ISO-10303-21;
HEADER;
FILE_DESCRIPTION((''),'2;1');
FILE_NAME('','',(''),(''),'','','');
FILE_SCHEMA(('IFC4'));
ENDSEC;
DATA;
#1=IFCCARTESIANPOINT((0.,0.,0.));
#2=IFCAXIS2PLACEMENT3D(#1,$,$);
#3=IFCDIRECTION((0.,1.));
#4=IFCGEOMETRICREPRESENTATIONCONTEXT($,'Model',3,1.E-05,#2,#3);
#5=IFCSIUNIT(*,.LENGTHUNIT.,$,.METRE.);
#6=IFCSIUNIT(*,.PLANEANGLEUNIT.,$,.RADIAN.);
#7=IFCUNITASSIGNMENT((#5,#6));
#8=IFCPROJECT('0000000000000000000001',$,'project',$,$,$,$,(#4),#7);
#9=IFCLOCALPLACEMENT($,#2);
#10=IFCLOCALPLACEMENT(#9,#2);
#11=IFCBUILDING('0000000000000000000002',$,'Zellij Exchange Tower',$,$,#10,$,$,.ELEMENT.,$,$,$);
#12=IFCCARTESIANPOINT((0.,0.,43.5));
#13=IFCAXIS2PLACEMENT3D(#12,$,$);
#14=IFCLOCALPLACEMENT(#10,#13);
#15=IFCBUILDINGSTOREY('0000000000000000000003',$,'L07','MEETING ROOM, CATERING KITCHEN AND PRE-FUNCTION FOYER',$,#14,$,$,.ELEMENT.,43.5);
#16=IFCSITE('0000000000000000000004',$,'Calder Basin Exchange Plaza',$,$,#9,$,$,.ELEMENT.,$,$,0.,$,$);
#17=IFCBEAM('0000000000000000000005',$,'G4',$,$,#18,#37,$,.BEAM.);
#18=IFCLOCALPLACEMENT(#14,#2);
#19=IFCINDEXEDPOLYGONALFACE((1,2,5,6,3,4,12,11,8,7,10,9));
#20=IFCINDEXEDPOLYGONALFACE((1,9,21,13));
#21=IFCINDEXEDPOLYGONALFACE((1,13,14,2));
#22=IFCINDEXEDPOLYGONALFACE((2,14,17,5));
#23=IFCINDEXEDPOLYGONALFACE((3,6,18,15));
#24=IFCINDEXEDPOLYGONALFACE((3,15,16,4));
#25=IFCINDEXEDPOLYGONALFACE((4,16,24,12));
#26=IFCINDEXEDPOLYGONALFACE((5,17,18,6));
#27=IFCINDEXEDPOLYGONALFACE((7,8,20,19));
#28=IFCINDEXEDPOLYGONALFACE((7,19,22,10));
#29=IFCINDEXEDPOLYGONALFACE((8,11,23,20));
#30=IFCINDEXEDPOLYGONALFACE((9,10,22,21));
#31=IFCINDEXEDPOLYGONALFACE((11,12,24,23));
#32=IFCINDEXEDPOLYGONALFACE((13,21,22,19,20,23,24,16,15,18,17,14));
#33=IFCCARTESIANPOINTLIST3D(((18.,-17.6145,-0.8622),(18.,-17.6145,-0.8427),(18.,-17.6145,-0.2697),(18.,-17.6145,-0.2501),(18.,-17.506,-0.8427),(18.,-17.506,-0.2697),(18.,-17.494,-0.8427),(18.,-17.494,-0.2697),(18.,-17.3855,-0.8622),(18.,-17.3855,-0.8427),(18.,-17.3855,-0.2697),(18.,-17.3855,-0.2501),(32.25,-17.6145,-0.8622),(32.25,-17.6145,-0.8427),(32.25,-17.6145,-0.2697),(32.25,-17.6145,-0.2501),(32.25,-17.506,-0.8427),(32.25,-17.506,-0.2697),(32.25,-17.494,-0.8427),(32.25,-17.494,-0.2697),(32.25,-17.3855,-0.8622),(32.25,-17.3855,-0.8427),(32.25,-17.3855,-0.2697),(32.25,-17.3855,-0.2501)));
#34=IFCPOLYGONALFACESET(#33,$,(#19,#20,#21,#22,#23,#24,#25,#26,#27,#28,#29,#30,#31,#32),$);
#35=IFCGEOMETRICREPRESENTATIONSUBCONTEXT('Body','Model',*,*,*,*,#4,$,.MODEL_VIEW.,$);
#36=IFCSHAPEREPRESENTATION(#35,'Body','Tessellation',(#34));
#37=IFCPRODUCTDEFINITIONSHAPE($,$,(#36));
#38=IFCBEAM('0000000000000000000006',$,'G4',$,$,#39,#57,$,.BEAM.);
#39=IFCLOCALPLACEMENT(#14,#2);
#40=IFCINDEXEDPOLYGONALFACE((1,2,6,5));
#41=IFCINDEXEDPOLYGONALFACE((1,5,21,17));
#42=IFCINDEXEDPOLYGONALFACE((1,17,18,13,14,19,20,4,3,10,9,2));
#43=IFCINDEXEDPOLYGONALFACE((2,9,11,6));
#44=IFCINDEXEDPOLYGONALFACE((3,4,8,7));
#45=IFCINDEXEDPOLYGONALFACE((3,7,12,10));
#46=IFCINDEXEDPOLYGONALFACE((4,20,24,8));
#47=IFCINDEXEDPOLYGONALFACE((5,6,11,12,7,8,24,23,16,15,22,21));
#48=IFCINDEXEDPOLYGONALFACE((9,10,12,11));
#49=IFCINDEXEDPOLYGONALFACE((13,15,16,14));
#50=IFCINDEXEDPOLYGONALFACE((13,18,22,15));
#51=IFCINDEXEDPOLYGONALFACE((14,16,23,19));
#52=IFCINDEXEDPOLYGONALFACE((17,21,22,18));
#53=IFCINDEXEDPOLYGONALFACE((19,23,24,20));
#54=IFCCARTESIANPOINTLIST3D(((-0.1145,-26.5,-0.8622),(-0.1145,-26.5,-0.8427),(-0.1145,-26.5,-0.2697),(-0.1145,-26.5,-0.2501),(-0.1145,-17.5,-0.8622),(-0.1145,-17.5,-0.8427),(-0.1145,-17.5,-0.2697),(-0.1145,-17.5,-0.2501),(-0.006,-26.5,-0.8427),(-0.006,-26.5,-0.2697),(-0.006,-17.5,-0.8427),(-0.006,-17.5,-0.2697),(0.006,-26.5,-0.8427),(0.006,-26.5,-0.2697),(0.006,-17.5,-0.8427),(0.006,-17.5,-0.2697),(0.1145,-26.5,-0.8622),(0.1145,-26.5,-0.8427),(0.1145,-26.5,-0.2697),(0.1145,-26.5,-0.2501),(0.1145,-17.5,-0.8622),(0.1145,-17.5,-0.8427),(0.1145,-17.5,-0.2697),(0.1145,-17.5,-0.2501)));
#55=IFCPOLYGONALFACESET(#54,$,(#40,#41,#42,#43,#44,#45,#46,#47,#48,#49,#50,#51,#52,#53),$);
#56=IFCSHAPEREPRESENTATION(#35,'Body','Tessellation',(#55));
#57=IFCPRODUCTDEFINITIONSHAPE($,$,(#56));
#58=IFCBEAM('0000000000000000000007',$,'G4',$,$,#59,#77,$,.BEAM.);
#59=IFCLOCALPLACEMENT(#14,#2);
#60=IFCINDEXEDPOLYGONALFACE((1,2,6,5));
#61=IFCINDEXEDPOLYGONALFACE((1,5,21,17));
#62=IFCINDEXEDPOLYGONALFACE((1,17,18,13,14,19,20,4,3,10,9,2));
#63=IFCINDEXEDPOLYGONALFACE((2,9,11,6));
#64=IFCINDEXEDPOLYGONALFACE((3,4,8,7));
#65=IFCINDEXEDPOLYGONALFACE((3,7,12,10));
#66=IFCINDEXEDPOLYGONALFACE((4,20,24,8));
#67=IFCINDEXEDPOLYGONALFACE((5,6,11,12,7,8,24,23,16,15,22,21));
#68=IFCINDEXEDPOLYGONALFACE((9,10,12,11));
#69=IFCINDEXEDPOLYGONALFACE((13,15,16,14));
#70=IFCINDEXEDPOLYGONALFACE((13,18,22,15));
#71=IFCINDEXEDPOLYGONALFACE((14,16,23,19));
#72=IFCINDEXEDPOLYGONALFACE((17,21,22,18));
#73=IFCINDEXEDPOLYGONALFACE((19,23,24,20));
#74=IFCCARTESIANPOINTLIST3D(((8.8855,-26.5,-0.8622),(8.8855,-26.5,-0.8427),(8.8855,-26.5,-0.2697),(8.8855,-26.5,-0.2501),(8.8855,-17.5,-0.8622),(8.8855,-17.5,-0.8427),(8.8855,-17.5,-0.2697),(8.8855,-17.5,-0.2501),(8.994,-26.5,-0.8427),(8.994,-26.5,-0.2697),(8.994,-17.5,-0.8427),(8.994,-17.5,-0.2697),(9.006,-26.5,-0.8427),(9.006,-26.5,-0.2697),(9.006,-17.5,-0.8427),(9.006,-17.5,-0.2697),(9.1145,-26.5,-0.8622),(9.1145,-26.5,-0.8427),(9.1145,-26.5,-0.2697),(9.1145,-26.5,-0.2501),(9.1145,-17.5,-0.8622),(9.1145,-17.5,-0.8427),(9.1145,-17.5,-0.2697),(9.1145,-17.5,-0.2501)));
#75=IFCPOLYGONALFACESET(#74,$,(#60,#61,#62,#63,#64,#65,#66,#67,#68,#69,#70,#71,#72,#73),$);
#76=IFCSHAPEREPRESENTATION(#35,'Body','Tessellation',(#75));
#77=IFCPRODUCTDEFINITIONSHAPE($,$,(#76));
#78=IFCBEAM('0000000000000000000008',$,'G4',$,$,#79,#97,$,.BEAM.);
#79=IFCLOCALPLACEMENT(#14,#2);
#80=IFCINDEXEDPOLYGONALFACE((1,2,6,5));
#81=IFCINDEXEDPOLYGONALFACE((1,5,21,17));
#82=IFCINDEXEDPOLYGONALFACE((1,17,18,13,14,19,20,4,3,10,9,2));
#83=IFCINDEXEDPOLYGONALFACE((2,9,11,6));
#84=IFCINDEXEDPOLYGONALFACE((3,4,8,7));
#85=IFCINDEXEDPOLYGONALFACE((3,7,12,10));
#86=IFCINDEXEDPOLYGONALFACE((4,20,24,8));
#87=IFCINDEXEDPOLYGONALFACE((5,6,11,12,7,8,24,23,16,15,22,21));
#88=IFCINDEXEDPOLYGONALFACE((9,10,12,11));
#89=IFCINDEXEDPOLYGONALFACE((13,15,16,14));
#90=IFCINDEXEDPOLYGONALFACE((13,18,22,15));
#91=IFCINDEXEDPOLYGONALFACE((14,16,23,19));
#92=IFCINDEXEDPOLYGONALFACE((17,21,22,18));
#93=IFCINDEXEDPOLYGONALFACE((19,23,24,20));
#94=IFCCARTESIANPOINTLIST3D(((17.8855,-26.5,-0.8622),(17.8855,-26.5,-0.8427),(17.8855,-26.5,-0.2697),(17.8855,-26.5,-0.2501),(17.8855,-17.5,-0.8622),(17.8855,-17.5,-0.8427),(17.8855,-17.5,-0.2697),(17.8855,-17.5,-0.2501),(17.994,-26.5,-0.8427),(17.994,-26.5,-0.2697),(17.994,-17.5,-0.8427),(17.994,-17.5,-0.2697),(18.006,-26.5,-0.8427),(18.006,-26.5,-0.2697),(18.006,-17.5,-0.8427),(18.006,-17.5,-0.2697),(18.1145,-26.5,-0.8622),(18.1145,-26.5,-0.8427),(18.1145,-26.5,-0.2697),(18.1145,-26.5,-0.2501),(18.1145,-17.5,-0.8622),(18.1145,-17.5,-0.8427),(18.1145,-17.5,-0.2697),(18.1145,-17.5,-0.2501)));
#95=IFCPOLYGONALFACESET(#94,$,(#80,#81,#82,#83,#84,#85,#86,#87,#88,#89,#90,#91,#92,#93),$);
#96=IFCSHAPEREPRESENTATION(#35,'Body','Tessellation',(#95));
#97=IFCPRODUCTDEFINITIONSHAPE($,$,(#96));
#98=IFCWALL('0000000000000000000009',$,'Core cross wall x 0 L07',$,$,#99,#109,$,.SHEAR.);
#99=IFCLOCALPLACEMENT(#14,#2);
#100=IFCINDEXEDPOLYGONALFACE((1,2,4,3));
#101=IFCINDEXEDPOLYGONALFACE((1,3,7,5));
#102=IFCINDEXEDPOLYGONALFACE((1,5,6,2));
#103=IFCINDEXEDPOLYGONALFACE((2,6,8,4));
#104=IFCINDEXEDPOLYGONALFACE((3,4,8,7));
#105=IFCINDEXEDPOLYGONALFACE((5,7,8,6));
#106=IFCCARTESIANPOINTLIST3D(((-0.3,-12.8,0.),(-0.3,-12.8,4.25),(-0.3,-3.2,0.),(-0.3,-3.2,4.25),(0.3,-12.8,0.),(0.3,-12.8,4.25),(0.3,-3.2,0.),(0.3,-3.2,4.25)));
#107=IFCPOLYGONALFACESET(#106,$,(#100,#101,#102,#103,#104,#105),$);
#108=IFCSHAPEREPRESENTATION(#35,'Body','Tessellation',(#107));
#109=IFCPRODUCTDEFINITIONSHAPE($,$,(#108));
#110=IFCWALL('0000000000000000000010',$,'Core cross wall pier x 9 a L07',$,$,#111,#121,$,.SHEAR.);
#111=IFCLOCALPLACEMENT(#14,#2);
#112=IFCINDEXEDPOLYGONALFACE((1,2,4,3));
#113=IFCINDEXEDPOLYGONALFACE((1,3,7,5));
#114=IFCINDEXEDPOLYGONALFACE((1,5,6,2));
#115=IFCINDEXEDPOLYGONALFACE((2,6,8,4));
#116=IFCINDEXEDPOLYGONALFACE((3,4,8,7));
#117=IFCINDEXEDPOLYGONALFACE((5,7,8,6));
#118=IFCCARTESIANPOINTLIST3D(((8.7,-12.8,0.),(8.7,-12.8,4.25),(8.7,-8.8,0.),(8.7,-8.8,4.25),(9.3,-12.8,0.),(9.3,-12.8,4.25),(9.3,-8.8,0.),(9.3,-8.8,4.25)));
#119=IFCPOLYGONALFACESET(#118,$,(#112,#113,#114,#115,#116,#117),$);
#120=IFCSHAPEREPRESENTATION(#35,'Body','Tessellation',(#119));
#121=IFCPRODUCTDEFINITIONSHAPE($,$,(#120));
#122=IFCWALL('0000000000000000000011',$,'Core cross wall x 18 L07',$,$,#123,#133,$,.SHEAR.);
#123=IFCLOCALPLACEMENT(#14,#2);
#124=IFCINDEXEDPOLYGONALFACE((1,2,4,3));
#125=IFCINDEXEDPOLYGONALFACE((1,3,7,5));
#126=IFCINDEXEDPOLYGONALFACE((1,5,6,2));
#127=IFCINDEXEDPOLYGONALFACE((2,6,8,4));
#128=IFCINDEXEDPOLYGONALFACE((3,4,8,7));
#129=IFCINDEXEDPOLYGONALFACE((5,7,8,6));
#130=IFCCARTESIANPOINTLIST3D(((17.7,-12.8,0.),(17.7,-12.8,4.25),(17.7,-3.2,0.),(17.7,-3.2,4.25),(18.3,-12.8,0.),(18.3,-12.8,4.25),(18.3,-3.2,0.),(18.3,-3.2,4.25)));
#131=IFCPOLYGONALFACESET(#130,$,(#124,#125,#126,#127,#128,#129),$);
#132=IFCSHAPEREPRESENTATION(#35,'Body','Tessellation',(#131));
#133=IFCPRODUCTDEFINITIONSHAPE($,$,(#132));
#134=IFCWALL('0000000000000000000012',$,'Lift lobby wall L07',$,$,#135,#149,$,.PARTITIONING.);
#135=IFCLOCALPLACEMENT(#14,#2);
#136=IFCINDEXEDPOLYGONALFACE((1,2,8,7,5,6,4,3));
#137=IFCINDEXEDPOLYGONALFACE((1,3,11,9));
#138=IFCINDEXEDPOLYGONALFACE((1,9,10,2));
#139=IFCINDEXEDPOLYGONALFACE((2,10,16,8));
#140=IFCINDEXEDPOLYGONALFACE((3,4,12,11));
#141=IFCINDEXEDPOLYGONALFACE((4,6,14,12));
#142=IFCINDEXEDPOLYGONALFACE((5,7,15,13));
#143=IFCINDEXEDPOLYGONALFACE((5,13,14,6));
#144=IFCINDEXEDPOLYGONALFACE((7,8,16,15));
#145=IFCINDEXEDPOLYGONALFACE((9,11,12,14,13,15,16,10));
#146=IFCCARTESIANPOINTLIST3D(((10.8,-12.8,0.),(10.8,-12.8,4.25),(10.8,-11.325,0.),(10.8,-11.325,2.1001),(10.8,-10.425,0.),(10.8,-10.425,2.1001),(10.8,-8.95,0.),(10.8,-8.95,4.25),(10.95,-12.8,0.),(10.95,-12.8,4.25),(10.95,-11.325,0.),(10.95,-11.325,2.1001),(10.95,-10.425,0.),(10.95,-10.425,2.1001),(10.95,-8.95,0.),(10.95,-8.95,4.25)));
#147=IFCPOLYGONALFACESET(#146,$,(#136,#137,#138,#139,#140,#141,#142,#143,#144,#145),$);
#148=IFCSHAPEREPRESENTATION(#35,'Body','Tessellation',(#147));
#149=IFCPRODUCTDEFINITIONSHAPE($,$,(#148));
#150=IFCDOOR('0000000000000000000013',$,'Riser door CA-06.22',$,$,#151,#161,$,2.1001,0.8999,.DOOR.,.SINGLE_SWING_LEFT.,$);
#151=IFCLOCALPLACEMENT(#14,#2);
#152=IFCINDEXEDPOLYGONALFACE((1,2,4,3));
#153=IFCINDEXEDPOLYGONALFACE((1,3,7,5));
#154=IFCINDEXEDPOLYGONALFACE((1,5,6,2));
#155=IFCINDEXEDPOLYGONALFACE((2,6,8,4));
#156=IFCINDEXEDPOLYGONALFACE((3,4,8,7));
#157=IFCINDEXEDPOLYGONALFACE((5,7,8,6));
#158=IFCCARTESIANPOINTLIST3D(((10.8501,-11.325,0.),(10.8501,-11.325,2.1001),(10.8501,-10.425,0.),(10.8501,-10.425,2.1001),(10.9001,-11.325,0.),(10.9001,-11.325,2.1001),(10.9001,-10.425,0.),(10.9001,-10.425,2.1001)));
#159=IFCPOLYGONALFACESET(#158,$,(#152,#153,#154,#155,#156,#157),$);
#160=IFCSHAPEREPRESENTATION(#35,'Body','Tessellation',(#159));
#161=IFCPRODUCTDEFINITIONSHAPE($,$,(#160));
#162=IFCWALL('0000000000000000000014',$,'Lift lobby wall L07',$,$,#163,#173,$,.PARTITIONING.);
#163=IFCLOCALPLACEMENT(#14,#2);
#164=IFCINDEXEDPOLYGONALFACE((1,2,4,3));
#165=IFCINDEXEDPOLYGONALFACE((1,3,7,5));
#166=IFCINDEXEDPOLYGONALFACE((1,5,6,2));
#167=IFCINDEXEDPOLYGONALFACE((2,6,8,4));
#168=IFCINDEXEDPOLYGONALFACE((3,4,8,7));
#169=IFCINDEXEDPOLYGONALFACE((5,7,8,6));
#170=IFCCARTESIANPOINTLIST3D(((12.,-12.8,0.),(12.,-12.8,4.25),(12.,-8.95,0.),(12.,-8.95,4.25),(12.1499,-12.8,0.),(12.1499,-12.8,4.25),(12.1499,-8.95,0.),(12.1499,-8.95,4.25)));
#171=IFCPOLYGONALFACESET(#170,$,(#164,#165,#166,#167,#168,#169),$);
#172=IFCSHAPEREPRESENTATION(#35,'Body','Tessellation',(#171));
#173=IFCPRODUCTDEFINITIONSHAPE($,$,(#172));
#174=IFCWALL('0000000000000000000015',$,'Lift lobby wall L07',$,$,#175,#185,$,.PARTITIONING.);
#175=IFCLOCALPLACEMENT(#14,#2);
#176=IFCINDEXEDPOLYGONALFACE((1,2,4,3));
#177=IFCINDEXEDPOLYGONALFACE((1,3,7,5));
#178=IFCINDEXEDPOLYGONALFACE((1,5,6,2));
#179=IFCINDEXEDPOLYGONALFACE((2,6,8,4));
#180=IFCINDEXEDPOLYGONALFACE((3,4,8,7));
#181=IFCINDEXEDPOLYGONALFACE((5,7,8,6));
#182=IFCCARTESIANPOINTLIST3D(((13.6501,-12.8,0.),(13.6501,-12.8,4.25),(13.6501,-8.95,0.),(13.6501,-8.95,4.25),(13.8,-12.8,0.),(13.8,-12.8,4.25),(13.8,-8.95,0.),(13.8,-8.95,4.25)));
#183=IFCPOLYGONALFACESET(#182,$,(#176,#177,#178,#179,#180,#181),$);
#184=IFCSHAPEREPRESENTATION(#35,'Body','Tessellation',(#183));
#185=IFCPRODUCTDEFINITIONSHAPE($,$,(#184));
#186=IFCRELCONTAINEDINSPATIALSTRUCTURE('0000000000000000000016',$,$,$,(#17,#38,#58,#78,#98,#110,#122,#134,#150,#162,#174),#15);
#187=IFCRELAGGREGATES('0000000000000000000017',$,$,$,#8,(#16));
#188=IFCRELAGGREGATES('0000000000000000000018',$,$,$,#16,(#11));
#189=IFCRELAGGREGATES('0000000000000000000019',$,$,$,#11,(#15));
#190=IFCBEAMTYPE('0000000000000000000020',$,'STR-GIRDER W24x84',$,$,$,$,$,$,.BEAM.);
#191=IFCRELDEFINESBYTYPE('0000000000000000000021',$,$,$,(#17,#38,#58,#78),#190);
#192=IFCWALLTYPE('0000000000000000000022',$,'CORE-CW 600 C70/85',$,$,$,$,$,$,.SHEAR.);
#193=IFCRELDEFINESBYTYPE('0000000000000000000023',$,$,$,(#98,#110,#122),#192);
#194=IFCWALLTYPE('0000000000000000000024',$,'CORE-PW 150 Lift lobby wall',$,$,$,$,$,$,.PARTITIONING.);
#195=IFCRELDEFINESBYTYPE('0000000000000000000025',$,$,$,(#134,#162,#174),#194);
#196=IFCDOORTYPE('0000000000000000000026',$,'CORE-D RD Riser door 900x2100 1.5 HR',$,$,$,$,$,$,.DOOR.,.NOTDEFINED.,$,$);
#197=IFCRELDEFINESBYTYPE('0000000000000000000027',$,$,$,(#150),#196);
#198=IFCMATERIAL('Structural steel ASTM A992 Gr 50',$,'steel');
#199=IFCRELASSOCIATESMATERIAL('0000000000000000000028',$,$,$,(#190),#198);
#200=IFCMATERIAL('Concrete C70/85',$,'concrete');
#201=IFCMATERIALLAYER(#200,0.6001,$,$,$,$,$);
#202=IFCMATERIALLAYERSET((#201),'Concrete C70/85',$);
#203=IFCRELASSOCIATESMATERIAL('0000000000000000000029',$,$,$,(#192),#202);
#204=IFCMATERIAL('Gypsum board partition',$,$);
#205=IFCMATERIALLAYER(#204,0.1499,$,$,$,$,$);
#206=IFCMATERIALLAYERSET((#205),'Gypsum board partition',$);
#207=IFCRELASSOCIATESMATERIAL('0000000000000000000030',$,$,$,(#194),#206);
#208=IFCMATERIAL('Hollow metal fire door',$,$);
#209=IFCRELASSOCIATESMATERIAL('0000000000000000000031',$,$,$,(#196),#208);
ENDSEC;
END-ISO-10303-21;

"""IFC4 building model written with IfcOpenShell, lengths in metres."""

from ifc_helpers import new_model, si_unit, direction, frame, frame_2d, origin, origin_2d, place, context, subcontext, project, spatial, rectangle, i_section, extrude, material, layer, layer_set, material_profile, profile_set, type_object, element, fill, save


model = new_model("IFC4")

# Units and contexts
model_context = context("Model", 3, precision=1e-05, world=origin(), true_north=direction((0.0, 1.0)))
body_context = subcontext(model_context, "Body", "Model", "MODEL_VIEW")
ifc_project = project(units=[si_unit("LENGTHUNIT", "METRE"), si_unit("PLANEANGLEUNIT", "RADIAN")], contexts=[model_context])

# Site, building, storey
site_placement = place(None, origin())
site = spatial("IfcSite", under=ifc_project, at=site_placement, Name="Calder Basin Exchange Plaza", CompositionType="ELEMENT", RefElevation=0.0)
building_placement = place(site_placement, origin())
building = spatial("IfcBuilding", under=site, at=building_placement, Name="Zellij Exchange Tower", CompositionType="ELEMENT")
storey_placement = place(building_placement, frame((0.0, 0.0, 43.5)))
storey = spatial("IfcBuildingStorey", under=building, at=storey_placement, Name="L07", Description="MEETING ROOM, CATERING KITCHEN AND PRE-FUNCTION FOYER", CompositionType="ELEMENT", Elevation=43.5)

# Shared definitions
ifc_material_1 = material(Name="Concrete C70/85", Category="concrete")

# Beams
ifc_material_2 = material(Name="Structural steel ASTM A992 Gr 50", Category="steel")
ifc_material_profile_1 = material_profile(ifc_material_2, i_section(OverallWidth=0.229, OverallDepth=0.6121, WebThickness=0.012, FlangeThickness=0.0195, at=origin_2d()), Name="W24x84")
ifc_profile_set_1 = profile_set([ifc_material_profile_1], Name="Structural steel ASTM A992 Gr 50")
beam_type_1 = type_object("IfcBeamType", Name="STR-GIRDER W24x84", PredefinedType="BEAM", material=ifc_profile_set_1)
beam_placement = place(storey_placement, frame((18.0, -17.5, -0.5562), z_axis=(1.0, 0.0, 0.0), x_axis=(0.0, 1.0, 0.0)))
element("IfcBeam", 1, at=beam_placement, inside=storey, type_object=beam_type_1, Name="G4", PredefinedType="BEAM", context=body_context, shape_type="SweptSolid", body=[
    extrude(i_section(OverallWidth=0.229, OverallDepth=0.6121, WebThickness=0.012, FlangeThickness=0.0195, at=origin_2d()), origin(), (0.0, 0.0, 1.0), 14.25),
])
for number, where, z_axis, x_axis, name in (
    (2, (0.0, -26.5, -0.5562), (0.0, 1.0, 0.0), (-1.0, 0.0, 0.0), "G4"),
    (3, (9.0, -26.5, -0.5562), (0.0, 1.0, 0.0), (-1.0, 0.0, 0.0), "G4"),
    (4, (18.0, -26.5, -0.5562), (0.0, 1.0, 0.0), (-1.0, 0.0, 0.0), "G4"),
):
    element("IfcBeam", number, at=place(storey_placement, frame(where, z_axis=z_axis, x_axis=x_axis)), inside=storey, type_object=beam_type_1, Name=name, PredefinedType="BEAM", context=body_context, shape_type="SweptSolid", body=[
        extrude(i_section(OverallWidth=0.229, OverallDepth=0.6121, WebThickness=0.012, FlangeThickness=0.0195, at=origin_2d()), origin(), (0.0, 0.0, 1.0), 9.0),
    ])

# Walls
ifc_layer_1 = layer(ifc_material_1, 0.6001)
ifc_layer_set_1 = layer_set([ifc_layer_1], Name="Concrete C70/85")
wall_type_1 = type_object("IfcWallType", Name="CORE-CW 600 C70/85", PredefinedType="SHEAR", material=ifc_layer_set_1)
wall_1_placement = place(storey_placement, frame((0.0, -12.8, 0.0), z_axis=(0.0, 0.0, 1.0), x_axis=(0.0, 1.0, 0.0)))
element("IfcWall", 5, at=wall_1_placement, inside=storey, type_object=wall_type_1, Name="Core cross wall x 0 L07", PredefinedType="SHEAR", context=body_context, shape_type="SweptSolid", body=[
    extrude(rectangle(XDim=9.6001, YDim=0.6001, at=frame_2d((4.8, 0.0))), origin(), (0.0, 0.0, 1.0), 4.25),
])
wall_2_placement = place(storey_placement, frame((9.0, -12.8, 0.0), z_axis=(0.0, 0.0, 1.0), x_axis=(0.0, 1.0, 0.0)))
element("IfcWall", 6, at=wall_2_placement, inside=storey, type_object=wall_type_1, Name="Core cross wall pier x 9 a L07", PredefinedType="SHEAR", context=body_context, shape_type="SweptSolid", body=[
    extrude(rectangle(XDim=4.0, YDim=0.6001, at=frame_2d((2.0, 0.0))), origin(), (0.0, 0.0, 1.0), 4.25),
])
wall_3_placement = place(storey_placement, frame((18.0, -12.8, 0.0), z_axis=(0.0, 0.0, 1.0), x_axis=(0.0, 1.0, 0.0)))
element("IfcWall", 7, at=wall_3_placement, inside=storey, type_object=wall_type_1, Name="Core cross wall x 18 L07", PredefinedType="SHEAR", context=body_context, shape_type="SweptSolid", body=[
    extrude(rectangle(XDim=9.6001, YDim=0.6001, at=frame_2d((4.8, 0.0))), origin(), (0.0, 0.0, 1.0), 4.25),
])

# Wall, opening, door
ifc_material_3 = material(Name="Gypsum board partition")
ifc_layer_2 = layer(ifc_material_3, 0.1499)
ifc_layer_set_2 = layer_set([ifc_layer_2], Name="Gypsum board partition")
wall_type_2 = type_object("IfcWallType", Name="CORE-PW 150 Lift lobby wall", PredefinedType="PARTITIONING", material=ifc_layer_set_2)
wall_4_placement = place(storey_placement, frame((10.875, -12.8, 0.0), z_axis=(0.0, 0.0, 1.0), x_axis=(0.0, 1.0, 0.0)))
wall_4 = element("IfcWall", 8, at=wall_4_placement, inside=storey, type_object=wall_type_2, Name="Lift lobby wall L07", PredefinedType="PARTITIONING", context=body_context, shape_type="SweptSolid", body=[
    extrude(rectangle(XDim=3.8501, YDim=0.1499, at=frame_2d((1.925, 0.0))), origin(), (0.0, 0.0, 1.0), 4.25),
])
opening_1_placement = place(wall_4_placement, frame((1.4751, 0.0, 0.0)))
opening_1 = element("IfcOpeningElement", 9, at=opening_1_placement, cuts=wall_4, PredefinedType="OPENING", context=body_context, shape_type="SweptSolid", body=[
    extrude(rectangle(XDim=0.8999, YDim=2.1001, at=frame_2d((0.45, 1.05))), frame((0.0, 0.0869, 0.0), z_axis=(0.0, -1.0, 0.0), x_axis=(1.0, 0.0, 0.0)), (0.0, 0.0, 1.0), 0.1738),
])
ifc_material_4 = material(Name="Hollow metal fire door")
door_type_1 = type_object("IfcDoorType", Name="CORE-D RD Riser door 900x2100 1.5 HR", OperationType="NOTDEFINED", PredefinedType="DOOR", material=ifc_material_4)
door_1_placement = place(opening_1_placement, origin())
door_1 = element("IfcDoor", 10, at=door_1_placement, inside=storey, type_object=door_type_1, Name="Riser door CA-06.22", OperationType="SINGLE_SWING_LEFT", OverallHeight=2.1001, OverallWidth=0.8999, PredefinedType="DOOR", context=body_context, shape_type="SweptSolid", body=[
    extrude(rectangle(XDim=0.8999, YDim=2.1001, at=frame_2d((0.45, 1.05))), frame((0.0, 0.0249, 0.0), z_axis=(0.0, -1.0, 0.0), x_axis=(1.0, 0.0, 0.0)), (0.0, 0.0, 1.0), 0.05),
])
fill(opening_1, door_1)

# Walls
for number, where, z_axis, x_axis, name in (
    (11, (12.075, -12.8, 0.0), (0.0, 0.0, 1.0), (0.0, 1.0, 0.0), "Lift lobby wall L07"),
    (12, (13.7251, -12.8, 0.0), (0.0, 0.0, 1.0), (0.0, 1.0, 0.0), "Lift lobby wall L07"),
):
    element("IfcWall", number, at=place(storey_placement, frame(where, z_axis=z_axis, x_axis=x_axis)), inside=storey, type_object=wall_type_2, Name=name, PredefinedType="PARTITIONING", context=body_context, shape_type="SweptSolid", body=[
        extrude(rectangle(XDim=3.8501, YDim=0.1499, at=frame_2d((1.925, 0.0))), origin(), (0.0, 0.0, 1.0), 4.25),
    ])

save(model, "model.ifc")
